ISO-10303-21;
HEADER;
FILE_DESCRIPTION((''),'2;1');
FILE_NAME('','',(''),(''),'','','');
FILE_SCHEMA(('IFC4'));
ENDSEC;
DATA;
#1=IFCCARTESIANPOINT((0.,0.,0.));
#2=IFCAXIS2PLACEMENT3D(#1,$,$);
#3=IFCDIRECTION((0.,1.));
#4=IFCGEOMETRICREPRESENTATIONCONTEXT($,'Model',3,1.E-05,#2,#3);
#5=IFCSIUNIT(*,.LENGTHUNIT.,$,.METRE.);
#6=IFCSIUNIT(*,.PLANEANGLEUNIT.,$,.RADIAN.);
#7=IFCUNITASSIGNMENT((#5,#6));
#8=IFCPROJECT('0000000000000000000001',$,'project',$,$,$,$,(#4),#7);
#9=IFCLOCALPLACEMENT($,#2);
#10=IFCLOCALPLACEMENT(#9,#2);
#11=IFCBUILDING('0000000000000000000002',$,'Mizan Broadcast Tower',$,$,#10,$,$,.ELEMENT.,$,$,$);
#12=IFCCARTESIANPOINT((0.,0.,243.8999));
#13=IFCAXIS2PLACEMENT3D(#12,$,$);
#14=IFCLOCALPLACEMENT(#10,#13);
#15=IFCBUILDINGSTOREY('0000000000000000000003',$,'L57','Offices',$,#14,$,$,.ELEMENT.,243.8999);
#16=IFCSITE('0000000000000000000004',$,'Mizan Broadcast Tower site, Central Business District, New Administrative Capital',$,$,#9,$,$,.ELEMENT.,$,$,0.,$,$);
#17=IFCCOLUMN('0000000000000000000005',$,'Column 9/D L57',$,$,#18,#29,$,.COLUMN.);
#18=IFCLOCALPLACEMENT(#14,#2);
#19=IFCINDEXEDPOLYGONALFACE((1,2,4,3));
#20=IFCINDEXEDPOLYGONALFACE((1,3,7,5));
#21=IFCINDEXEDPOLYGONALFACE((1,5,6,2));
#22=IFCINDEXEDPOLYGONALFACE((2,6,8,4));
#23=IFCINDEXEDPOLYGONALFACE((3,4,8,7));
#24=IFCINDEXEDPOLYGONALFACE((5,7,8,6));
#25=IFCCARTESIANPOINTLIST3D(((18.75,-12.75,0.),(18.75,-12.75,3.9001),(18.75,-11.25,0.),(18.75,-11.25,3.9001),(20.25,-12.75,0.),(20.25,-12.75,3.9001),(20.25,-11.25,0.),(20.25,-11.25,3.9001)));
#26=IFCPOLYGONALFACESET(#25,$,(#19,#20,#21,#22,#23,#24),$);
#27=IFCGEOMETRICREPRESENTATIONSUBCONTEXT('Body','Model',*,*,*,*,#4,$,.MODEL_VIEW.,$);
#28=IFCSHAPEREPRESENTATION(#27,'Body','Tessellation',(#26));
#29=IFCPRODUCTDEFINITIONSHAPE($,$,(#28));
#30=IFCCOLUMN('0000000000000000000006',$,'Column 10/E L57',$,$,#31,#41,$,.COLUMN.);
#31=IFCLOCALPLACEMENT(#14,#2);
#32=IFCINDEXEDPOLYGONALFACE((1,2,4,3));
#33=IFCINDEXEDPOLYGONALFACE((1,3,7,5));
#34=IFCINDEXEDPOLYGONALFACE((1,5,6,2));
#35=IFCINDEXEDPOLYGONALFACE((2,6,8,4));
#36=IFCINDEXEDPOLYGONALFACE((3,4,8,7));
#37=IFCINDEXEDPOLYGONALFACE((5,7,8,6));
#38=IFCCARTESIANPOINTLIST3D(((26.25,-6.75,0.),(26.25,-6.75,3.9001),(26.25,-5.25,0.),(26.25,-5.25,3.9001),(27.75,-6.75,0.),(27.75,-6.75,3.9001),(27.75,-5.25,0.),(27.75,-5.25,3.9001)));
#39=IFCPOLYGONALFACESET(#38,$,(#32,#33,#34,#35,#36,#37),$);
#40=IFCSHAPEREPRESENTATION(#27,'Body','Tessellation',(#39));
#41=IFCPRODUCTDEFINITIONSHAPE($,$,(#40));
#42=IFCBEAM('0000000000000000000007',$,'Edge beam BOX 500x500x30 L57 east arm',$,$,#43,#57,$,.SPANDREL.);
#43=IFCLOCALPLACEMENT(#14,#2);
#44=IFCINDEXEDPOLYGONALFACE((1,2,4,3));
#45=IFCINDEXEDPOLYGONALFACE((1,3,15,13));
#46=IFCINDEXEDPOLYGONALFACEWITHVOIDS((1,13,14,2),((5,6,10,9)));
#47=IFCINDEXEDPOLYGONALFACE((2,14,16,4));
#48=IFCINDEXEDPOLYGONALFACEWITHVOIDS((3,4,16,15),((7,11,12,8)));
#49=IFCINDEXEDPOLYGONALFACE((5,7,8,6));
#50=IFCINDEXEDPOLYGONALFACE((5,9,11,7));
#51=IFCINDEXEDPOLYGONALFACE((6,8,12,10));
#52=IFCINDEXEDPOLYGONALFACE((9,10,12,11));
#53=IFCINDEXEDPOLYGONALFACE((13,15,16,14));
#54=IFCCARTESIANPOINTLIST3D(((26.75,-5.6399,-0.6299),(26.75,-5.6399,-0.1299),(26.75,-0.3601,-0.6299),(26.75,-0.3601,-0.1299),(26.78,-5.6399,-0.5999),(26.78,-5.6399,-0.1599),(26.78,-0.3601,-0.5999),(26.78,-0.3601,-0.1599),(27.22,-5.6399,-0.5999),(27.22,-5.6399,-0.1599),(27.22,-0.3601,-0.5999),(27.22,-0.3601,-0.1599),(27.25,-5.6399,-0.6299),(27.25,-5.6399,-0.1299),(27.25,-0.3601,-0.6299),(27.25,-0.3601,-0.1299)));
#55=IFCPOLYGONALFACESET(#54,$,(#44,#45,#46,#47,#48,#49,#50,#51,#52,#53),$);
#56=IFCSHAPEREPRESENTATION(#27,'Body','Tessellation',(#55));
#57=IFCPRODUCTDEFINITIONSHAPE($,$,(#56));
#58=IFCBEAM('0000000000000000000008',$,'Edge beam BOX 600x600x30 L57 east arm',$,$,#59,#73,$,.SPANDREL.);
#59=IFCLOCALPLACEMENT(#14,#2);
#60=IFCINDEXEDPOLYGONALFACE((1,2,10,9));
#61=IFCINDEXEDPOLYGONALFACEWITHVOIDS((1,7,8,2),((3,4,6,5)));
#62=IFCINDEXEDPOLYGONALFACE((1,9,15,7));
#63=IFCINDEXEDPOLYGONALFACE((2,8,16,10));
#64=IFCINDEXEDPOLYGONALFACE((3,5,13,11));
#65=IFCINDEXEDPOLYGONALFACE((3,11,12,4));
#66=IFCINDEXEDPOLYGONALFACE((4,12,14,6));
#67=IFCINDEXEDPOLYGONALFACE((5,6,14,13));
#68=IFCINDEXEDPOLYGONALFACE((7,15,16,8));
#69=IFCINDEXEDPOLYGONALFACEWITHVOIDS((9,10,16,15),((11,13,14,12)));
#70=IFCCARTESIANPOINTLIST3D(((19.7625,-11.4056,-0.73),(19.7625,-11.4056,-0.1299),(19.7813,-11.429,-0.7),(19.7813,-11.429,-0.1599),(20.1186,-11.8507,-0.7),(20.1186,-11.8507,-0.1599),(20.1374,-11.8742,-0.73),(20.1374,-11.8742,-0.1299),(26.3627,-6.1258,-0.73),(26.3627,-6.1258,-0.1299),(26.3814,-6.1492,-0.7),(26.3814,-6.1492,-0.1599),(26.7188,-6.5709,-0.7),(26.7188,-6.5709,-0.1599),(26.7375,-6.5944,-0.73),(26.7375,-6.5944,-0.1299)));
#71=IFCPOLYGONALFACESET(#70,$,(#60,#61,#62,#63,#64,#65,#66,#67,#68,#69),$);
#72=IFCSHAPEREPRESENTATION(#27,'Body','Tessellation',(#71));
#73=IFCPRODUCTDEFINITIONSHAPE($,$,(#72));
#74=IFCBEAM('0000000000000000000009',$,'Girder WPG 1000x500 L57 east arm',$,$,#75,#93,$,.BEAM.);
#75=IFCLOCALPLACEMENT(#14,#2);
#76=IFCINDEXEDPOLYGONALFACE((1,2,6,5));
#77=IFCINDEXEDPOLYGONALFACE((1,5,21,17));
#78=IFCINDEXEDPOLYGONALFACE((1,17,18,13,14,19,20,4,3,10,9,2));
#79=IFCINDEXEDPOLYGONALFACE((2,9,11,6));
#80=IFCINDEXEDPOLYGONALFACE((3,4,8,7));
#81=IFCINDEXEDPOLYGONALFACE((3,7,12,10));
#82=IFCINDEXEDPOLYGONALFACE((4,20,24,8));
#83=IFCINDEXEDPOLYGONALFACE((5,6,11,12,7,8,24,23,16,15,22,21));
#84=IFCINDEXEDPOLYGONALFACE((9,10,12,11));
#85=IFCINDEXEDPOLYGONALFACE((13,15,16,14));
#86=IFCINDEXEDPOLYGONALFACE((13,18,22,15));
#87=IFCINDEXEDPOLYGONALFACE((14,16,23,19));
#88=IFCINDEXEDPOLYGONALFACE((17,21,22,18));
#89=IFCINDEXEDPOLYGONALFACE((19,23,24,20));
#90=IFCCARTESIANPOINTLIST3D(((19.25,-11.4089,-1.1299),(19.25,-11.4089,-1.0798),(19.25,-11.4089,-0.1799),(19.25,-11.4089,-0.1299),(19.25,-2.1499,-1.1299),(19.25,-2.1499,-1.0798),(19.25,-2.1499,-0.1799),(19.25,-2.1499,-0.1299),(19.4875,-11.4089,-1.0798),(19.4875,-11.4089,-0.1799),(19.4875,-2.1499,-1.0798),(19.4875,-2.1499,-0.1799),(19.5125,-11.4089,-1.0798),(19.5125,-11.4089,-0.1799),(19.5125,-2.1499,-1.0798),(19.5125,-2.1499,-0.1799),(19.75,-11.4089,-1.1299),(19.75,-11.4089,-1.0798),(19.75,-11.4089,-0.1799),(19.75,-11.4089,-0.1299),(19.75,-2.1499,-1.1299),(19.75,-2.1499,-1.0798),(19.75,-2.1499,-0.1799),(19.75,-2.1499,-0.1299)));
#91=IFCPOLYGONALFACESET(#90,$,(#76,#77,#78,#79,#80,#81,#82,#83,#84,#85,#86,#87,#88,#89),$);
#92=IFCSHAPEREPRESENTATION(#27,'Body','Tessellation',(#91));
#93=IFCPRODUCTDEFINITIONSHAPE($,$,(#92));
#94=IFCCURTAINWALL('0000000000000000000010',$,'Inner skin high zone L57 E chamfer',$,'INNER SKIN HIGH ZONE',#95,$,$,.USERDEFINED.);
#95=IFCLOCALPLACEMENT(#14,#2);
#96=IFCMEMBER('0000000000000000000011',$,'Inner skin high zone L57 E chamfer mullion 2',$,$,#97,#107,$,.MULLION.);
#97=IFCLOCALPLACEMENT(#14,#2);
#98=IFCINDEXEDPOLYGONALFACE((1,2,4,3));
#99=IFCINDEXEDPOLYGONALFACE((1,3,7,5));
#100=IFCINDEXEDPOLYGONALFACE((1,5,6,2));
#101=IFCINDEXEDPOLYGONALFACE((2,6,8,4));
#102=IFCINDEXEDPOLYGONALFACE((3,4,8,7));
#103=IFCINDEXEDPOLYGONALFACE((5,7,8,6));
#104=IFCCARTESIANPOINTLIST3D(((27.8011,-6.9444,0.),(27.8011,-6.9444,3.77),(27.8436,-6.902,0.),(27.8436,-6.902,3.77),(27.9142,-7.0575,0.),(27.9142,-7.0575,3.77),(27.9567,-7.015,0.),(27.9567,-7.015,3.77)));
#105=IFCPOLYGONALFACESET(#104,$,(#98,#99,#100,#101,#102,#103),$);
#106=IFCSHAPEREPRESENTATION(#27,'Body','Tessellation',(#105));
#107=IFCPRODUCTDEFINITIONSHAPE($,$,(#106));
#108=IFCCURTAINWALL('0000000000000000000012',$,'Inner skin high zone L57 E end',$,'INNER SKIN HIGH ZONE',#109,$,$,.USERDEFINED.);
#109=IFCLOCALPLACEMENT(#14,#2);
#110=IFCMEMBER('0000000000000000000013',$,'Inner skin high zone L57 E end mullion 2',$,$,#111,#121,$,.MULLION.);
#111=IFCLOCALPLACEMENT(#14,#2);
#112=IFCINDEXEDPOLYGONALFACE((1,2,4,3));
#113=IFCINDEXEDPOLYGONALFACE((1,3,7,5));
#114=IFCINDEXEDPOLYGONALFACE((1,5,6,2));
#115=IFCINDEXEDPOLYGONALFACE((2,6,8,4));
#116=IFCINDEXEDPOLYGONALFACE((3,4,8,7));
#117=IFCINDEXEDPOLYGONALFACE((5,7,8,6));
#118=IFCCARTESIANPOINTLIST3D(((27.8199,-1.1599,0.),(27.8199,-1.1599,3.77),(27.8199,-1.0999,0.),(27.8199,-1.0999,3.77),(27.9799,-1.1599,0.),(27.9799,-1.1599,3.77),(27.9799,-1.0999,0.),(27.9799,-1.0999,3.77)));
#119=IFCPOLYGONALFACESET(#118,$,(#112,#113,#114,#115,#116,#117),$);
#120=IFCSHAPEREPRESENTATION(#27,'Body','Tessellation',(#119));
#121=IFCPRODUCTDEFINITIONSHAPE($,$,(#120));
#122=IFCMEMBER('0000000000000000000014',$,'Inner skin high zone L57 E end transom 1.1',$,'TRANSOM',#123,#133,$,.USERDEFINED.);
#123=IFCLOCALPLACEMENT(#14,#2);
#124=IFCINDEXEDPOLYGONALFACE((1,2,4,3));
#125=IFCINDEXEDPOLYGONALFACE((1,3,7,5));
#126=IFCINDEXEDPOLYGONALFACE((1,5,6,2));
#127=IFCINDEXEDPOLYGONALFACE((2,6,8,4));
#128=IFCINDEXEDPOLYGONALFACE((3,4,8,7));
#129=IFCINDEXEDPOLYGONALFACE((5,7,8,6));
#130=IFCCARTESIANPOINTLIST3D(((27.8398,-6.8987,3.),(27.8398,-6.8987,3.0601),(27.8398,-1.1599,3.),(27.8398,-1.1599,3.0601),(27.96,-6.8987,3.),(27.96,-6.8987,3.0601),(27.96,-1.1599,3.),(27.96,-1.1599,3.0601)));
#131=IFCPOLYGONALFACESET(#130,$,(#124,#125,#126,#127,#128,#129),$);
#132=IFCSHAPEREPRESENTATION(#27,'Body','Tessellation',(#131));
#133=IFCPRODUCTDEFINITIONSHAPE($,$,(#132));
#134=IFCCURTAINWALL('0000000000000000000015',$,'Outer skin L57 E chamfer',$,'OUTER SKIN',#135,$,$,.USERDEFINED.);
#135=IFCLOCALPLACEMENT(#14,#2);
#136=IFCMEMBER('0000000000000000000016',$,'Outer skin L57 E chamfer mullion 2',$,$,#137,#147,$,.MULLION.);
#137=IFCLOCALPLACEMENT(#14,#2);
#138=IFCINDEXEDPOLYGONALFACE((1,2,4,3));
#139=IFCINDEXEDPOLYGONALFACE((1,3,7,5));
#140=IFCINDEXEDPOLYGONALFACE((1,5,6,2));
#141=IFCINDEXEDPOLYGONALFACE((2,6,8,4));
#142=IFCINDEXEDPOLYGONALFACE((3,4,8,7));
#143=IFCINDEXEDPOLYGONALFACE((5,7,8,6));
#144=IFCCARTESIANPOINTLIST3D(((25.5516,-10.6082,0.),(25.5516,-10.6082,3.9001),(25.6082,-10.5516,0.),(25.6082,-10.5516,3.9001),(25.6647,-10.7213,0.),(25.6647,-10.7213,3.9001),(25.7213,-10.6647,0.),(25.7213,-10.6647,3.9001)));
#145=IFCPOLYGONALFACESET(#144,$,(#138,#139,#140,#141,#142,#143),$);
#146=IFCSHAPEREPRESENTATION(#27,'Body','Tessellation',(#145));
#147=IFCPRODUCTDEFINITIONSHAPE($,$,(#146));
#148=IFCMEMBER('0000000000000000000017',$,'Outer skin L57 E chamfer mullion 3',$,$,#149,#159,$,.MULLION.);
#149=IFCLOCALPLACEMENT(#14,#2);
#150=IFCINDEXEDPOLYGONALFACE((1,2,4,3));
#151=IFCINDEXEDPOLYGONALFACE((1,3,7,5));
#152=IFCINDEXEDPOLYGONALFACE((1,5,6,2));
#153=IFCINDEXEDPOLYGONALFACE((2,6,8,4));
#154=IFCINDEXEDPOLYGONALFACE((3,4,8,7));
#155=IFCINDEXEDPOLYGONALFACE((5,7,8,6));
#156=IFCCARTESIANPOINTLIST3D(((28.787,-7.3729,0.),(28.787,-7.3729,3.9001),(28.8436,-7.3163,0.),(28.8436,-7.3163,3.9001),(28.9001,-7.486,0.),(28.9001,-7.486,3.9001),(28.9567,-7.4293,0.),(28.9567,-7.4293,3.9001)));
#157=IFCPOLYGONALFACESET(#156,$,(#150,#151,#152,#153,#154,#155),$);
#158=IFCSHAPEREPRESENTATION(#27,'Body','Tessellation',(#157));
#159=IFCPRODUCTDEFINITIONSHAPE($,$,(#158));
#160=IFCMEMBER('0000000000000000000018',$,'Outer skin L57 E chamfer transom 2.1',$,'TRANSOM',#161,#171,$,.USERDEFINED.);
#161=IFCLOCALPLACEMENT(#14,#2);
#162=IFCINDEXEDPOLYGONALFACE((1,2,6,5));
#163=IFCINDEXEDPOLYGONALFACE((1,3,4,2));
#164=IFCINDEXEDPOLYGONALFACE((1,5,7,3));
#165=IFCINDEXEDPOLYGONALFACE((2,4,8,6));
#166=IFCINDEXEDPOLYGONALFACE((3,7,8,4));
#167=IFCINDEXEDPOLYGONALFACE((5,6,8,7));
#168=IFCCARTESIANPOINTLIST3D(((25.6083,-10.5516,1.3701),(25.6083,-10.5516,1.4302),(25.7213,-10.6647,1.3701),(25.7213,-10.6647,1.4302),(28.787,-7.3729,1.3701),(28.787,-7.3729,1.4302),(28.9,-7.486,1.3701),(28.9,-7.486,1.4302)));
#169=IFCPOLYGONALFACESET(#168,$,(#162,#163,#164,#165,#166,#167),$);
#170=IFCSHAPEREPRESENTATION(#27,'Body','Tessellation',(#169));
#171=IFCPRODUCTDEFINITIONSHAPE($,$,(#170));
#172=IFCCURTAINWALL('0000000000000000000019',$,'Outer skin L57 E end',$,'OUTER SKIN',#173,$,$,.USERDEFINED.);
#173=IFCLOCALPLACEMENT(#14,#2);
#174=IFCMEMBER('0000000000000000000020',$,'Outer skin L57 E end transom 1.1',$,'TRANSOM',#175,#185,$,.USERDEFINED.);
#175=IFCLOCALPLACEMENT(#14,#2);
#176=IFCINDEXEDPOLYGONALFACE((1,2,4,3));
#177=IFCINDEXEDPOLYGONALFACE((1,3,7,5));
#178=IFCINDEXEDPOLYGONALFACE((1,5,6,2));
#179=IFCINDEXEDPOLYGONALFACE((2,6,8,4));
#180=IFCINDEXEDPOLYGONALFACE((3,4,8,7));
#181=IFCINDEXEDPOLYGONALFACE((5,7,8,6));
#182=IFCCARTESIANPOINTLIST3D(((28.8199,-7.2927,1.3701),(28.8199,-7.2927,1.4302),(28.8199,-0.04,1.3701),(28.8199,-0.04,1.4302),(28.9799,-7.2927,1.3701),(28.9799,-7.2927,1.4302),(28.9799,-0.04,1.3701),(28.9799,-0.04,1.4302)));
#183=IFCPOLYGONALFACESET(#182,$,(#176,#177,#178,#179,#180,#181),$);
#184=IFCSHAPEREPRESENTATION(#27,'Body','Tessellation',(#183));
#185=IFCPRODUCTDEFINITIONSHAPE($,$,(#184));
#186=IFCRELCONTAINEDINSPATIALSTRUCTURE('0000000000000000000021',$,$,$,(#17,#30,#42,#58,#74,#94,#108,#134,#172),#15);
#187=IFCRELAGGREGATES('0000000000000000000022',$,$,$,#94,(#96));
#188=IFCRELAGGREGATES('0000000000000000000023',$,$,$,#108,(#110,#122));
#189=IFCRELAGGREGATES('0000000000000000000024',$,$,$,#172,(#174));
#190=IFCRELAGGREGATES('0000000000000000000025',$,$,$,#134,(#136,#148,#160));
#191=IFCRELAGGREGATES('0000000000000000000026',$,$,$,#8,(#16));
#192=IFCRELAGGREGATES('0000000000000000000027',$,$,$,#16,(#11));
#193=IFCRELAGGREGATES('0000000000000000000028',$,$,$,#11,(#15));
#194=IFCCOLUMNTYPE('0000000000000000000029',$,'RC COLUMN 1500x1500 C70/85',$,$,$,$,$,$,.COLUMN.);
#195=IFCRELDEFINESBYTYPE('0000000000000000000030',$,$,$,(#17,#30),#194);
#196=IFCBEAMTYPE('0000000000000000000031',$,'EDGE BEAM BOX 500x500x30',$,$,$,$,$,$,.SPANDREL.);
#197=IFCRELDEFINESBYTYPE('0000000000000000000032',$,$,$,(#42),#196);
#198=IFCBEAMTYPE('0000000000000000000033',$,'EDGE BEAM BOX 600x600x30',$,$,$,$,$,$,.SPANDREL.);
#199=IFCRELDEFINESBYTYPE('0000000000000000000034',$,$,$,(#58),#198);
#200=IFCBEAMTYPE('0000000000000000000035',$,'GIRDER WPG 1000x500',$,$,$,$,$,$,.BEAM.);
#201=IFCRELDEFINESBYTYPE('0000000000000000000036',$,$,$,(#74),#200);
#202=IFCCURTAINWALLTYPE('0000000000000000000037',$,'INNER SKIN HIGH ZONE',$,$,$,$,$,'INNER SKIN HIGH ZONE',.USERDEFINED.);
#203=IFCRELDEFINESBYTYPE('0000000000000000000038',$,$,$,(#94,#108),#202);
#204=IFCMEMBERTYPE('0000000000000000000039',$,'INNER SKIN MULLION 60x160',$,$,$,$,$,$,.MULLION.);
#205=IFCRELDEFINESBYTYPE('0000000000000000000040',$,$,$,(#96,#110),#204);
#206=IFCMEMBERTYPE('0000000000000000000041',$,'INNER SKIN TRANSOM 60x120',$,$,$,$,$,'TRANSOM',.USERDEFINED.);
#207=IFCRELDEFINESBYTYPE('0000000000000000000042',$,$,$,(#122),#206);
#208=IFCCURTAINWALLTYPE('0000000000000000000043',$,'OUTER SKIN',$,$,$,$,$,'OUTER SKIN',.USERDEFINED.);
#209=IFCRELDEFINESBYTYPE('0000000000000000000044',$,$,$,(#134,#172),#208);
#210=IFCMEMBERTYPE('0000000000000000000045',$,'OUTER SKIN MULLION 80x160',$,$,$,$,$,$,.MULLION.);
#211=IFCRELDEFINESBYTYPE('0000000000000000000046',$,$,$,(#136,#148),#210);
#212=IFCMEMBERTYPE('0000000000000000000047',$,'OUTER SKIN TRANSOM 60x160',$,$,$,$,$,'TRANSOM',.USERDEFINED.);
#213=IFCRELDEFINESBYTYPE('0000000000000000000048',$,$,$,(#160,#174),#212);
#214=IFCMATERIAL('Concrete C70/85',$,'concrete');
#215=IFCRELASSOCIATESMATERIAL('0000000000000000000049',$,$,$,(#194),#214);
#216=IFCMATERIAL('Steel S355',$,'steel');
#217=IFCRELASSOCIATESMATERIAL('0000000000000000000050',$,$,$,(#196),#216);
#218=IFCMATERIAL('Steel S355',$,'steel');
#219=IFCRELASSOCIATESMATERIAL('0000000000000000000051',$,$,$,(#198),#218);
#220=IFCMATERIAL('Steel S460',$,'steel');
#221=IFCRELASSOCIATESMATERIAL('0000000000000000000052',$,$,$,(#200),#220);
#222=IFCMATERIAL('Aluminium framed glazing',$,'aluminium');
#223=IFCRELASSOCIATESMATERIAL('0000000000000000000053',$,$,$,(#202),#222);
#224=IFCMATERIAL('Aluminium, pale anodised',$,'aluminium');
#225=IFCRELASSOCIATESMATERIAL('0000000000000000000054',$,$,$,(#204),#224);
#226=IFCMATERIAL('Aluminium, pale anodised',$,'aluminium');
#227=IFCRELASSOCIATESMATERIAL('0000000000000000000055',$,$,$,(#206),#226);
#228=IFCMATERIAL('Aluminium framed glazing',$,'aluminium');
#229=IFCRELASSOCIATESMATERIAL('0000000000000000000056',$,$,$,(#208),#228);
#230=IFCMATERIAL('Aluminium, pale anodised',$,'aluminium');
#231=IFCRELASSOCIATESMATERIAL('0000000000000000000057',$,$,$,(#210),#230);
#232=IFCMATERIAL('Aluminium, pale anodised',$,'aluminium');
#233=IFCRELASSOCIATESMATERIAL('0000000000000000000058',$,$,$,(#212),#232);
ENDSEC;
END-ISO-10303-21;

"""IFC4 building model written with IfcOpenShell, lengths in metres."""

from ifc_helpers import new_model, si_unit, direction, frame, origin, origin_2d, place, context, subcontext, project, spatial, rectangle, hollow_rectangle, i_section, extrude, material, material_profile, profile_set, type_object, element, aggregate, save


model = new_model("IFC4")

# Units and contexts
model_context = context("Model", 3, precision=1e-05, world=origin(), true_north=direction((0.0, 1.0)))
body_context = subcontext(model_context, "Body", "Model", "MODEL_VIEW")
ifc_project = project(units=[si_unit("LENGTHUNIT", "METRE"), si_unit("PLANEANGLEUNIT", "RADIAN")], contexts=[model_context])

# Site, building, storey
site_placement = place(None, origin())
site = spatial("IfcSite", under=ifc_project, at=site_placement, Name="Mizan Broadcast Tower site, Central Business District, New Administrative Capital", CompositionType="ELEMENT", RefElevation=0.0)
building_placement = place(site_placement, origin())
building = spatial("IfcBuilding", under=site, at=building_placement, Name="Mizan Broadcast Tower", CompositionType="ELEMENT")
storey_placement = place(building_placement, frame((0.0, 0.0, 243.8999)))
storey = spatial("IfcBuildingStorey", under=building, at=storey_placement, Name="L57", Description="Offices", CompositionType="ELEMENT", Elevation=243.8999)

# Columns
ifc_material_1 = material(Name="Concrete C70/85", Category="concrete")
ifc_material_profile_1 = material_profile(ifc_material_1, rectangle(XDim=1.5, YDim=1.5, at=origin_2d()), Name="RC 1500x1500")
ifc_profile_set_1 = profile_set([ifc_material_profile_1], Name="Concrete C70/85")
column_type = type_object("IfcColumnType", Name="RC COLUMN 1500x1500 C70/85", PredefinedType="COLUMN", material=ifc_profile_set_1)
for number, where, z_axis, x_axis, name in (
    (1, (19.5, -12.0, 0.0), (0.0, 0.0, 1.0), (1.0, 0.0, 0.0), "Column 9/D L57"),
    (2, (27.0, -6.0, 0.0), (0.0, 0.0, 1.0), (1.0, 0.0, 0.0), "Column 10/E L57"),
):
    element("IfcColumn", number, at=place(storey_placement, frame(where, z_axis=z_axis, x_axis=x_axis)), inside=storey, type_object=column_type, Name=name, PredefinedType="COLUMN", context=body_context, shape_type="SweptSolid", body=[
        extrude(rectangle(XDim=1.5, YDim=1.5, at=origin_2d()), origin(), (0.0, 0.0, 1.0), 3.9001),
    ])

# Beams
ifc_material_2 = material(Name="Steel S355", Category="steel")
ifc_material_profile_2 = material_profile(ifc_material_2, hollow_rectangle(XDim=0.5, YDim=0.5, WallThickness=0.03, at=origin_2d()), Name="BOX 500x500x30")
ifc_profile_set_2 = profile_set([ifc_material_profile_2], Name="Steel S355")
beam_type_1 = type_object("IfcBeamType", Name="EDGE BEAM BOX 500x500x30", PredefinedType="SPANDREL", material=ifc_profile_set_2)
beam_1_placement = place(storey_placement, frame((27.0, -5.6399, -0.3799), z_axis=(0.0, 1.0, 0.0), x_axis=(-1.0, 0.0, 0.0)))
element("IfcBeam", 3, at=beam_1_placement, inside=storey, type_object=beam_type_1, Name="Edge beam BOX 500x500x30 L57 east arm", PredefinedType="SPANDREL", context=body_context, shape_type="SweptSolid", body=[
    extrude(hollow_rectangle(XDim=0.5, YDim=0.5, WallThickness=0.03, at=origin_2d()), origin(), (0.0, 0.0, 1.0), 5.2798),
])
ifc_material_3 = material(Name="Steel S355", Category="steel")
ifc_material_profile_3 = material_profile(ifc_material_3, hollow_rectangle(XDim=0.6001, YDim=0.6001, WallThickness=0.03, at=origin_2d()), Name="BOX 600x600x30")
ifc_profile_set_3 = profile_set([ifc_material_profile_3], Name="Steel S355")
beam_type_2 = type_object("IfcBeamType", Name="EDGE BEAM BOX 600x600x30", PredefinedType="SPANDREL", material=ifc_profile_set_3)
beam_2_placement = place(storey_placement, frame((19.95, -11.6399, -0.4299), z_axis=(0.780886, 0.624674, 0.0), x_axis=(-0.624674, 0.780886, 0.0)))
element("IfcBeam", 4, at=beam_2_placement, inside=storey, type_object=beam_type_2, Name="Edge beam BOX 600x600x30 L57 east arm", PredefinedType="SPANDREL", context=body_context, shape_type="SweptSolid", body=[
    extrude(hollow_rectangle(XDim=0.6001, YDim=0.6001, WallThickness=0.03, at=origin_2d()), origin(), (0.0, 0.0, 1.0), 8.4521),
])
ifc_material_4 = material(Name="Steel S460", Category="steel")
ifc_material_profile_4 = material_profile(ifc_material_4, i_section(OverallWidth=0.5, OverallDepth=1.0, WebThickness=0.0249, FlangeThickness=0.05, at=origin_2d()), Name="WPG 1000x500")
ifc_profile_set_4 = profile_set([ifc_material_profile_4], Name="Steel S460")
beam_type_3 = type_object("IfcBeamType", Name="GIRDER WPG 1000x500", PredefinedType="BEAM", material=ifc_profile_set_4)
beam_3_placement = place(storey_placement, frame((19.5, -11.4089, -0.6299), z_axis=(0.0, 1.0, 0.0), x_axis=(-1.0, 0.0, 0.0)))
element("IfcBeam", 5, at=beam_3_placement, inside=storey, type_object=beam_type_3, Name="Girder WPG 1000x500 L57 east arm", PredefinedType="BEAM", context=body_context, shape_type="SweptSolid", body=[
    extrude(i_section(OverallWidth=0.5, OverallDepth=1.0, WebThickness=0.0249, FlangeThickness=0.05, at=origin_2d()), origin(), (0.0, 0.0, 1.0), 9.259),
])

# Curtain wall, member
ifc_material_5 = material(Name="Aluminium framed glazing", Category="aluminium")
curtain_wall_type_1 = type_object("IfcCurtainWallType", Name="INNER SKIN HIGH ZONE", ElementType="INNER SKIN HIGH ZONE", PredefinedType="USERDEFINED", material=ifc_material_5)
curtain_wall_1_placement = place(storey_placement, origin())
curtain_wall_1 = element("IfcCurtainWall", 6, at=curtain_wall_1_placement, inside=storey, type_object=curtain_wall_type_1, Name="Inner skin high zone L57 E chamfer", ObjectType="INNER SKIN HIGH ZONE", PredefinedType="USERDEFINED")
ifc_material_6 = material(Name="Aluminium, pale anodised", Category="aluminium")
ifc_material_profile_5 = material_profile(ifc_material_6, rectangle(XDim=0.1599, YDim=0.0601, at=origin_2d()), Name="MULLION 160x60")
ifc_profile_set_5 = profile_set([ifc_material_profile_5], Name="Aluminium, pale anodised")
member_type_1 = type_object("IfcMemberType", Name="INNER SKIN MULLION 60x160", PredefinedType="MULLION", material=ifc_profile_set_5)
member_1_placement = place(storey_placement, frame((27.8789, -6.9797, 0.0), z_axis=(0.0, 0.0, 1.0), x_axis=(-0.707107, 0.707107, 0.0)))
member_1 = element("IfcMember", 7, at=member_1_placement, type_object=member_type_1, Name="Inner skin high zone L57 E chamfer mullion 2", PredefinedType="MULLION", context=body_context, shape_type="SweptSolid", body=[
    extrude(rectangle(XDim=0.1599, YDim=0.0601, at=origin_2d()), origin(), (0.0, 0.0, 1.0), 3.77),
])

# Curtain walls, members
curtain_wall_2_placement = place(storey_placement, origin())
curtain_wall_2 = element("IfcCurtainWall", 8, at=curtain_wall_2_placement, inside=storey, type_object=curtain_wall_type_1, Name="Inner skin high zone L57 E end", ObjectType="INNER SKIN HIGH ZONE", PredefinedType="USERDEFINED")
member_2_placement = place(storey_placement, frame((27.8999, -1.1299, 0.0), z_axis=(0.0, 0.0, 1.0), x_axis=(-1.0, 0.0, 0.0)))
member_2 = element("IfcMember", 9, at=member_2_placement, type_object=member_type_1, Name="Inner skin high zone L57 E end mullion 2", PredefinedType="MULLION", context=body_context, shape_type="SweptSolid", body=[
    extrude(rectangle(XDim=0.1599, YDim=0.0601, at=origin_2d()), origin(), (0.0, 0.0, 1.0), 3.77),
])
ifc_material_7 = material(Name="Aluminium, pale anodised", Category="aluminium")
ifc_material_profile_6 = material_profile(ifc_material_7, rectangle(XDim=0.1201, YDim=0.0601, at=origin_2d()), Name="TRANSOM 120x60")
ifc_profile_set_6 = profile_set([ifc_material_profile_6], Name="Aluminium, pale anodised")
member_type_2 = type_object("IfcMemberType", Name="INNER SKIN TRANSOM 60x120", ElementType="TRANSOM", PredefinedType="USERDEFINED", material=ifc_profile_set_6)
member_3_placement = place(storey_placement, frame((27.8999, -6.8987, 3.03), z_axis=(0.0, 1.0, 0.0), x_axis=(-1.0, 0.0, 0.0)))
member_3 = element("IfcMember", 10, at=member_3_placement, type_object=member_type_2, Name="Inner skin high zone L57 E end transom 1.1", ObjectType="TRANSOM", PredefinedType="USERDEFINED", context=body_context, shape_type="SweptSolid", body=[
    extrude(rectangle(XDim=0.1201, YDim=0.0601, at=origin_2d()), origin(), (0.0, 0.0, 1.0), 5.7388),
])
ifc_material_8 = material(Name="Aluminium framed glazing", Category="aluminium")
curtain_wall_type_2 = type_object("IfcCurtainWallType", Name="OUTER SKIN", ElementType="OUTER SKIN", PredefinedType="USERDEFINED", material=ifc_material_8)
curtain_wall_3_placement = place(storey_placement, origin())
curtain_wall_3 = element("IfcCurtainWall", 11, at=curtain_wall_3_placement, inside=storey, type_object=curtain_wall_type_2, Name="Outer skin L57 E chamfer", ObjectType="OUTER SKIN", PredefinedType="USERDEFINED")
ifc_material_9 = material(Name="Aluminium, pale anodised", Category="aluminium")
ifc_material_profile_7 = material_profile(ifc_material_9, rectangle(XDim=0.1599, YDim=0.0801, at=origin_2d()), Name="MULLION 160x80")
ifc_profile_set_7 = profile_set([ifc_material_profile_7], Name="Aluminium, pale anodised")
member_type_3 = type_object("IfcMemberType", Name="OUTER SKIN MULLION 80x160", PredefinedType="MULLION", material=ifc_profile_set_7)
member_4_placement = place(storey_placement, frame((25.6365, -10.6365, 0.0), z_axis=(0.0, 0.0, 1.0), x_axis=(-0.707107, 0.707107, 0.0)))
member_4 = element("IfcMember", 12, at=member_4_placement, type_object=member_type_3, Name="Outer skin L57 E chamfer mullion 2", PredefinedType="MULLION", context=body_context, shape_type="SweptSolid", body=[
    extrude(rectangle(XDim=0.1599, YDim=0.0801, at=origin_2d()), origin(), (0.0, 0.0, 1.0), 3.9001),
])
member_5_placement = place(storey_placement, frame((28.8718, -7.4011, 0.0), z_axis=(0.0, 0.0, 1.0), x_axis=(-0.707107, 0.707107, 0.0)))
member_5 = element("IfcMember", 13, at=member_5_placement, type_object=member_type_3, Name="Outer skin L57 E chamfer mullion 3", PredefinedType="MULLION", context=body_context, shape_type="SweptSolid", body=[
    extrude(rectangle(XDim=0.1599, YDim=0.0801, at=origin_2d()), origin(), (0.0, 0.0, 1.0), 3.9001),
])
ifc_material_10 = material(Name="Aluminium, pale anodised", Category="aluminium")
ifc_material_profile_8 = material_profile(ifc_material_10, rectangle(XDim=0.1599, YDim=0.0601, at=origin_2d()), Name="TRANSOM 160x60")
ifc_profile_set_8 = profile_set([ifc_material_profile_8], Name="Aluminium, pale anodised")
member_type_4 = type_object("IfcMemberType", Name="OUTER SKIN TRANSOM 60x160", ElementType="TRANSOM", PredefinedType="USERDEFINED", material=ifc_profile_set_8)
member_6_placement = place(storey_placement, frame((25.6648, -10.6082, 1.4001), z_axis=(0.707107, 0.707107, 0.0), x_axis=(-0.707107, 0.707107, 0.0)))
member_6 = element("IfcMember", 14, at=member_6_placement, type_object=member_type_4, Name="Outer skin L57 E chamfer transom 2.1", ObjectType="TRANSOM", PredefinedType="USERDEFINED", context=body_context, shape_type="SweptSolid", body=[
    extrude(rectangle(XDim=0.1599, YDim=0.0601, at=origin_2d()), origin(), (0.0, 0.0, 1.0), 4.4954),
])

# Curtain wall, member
curtain_wall_4_placement = place(storey_placement, origin())
curtain_wall_4 = element("IfcCurtainWall", 15, at=curtain_wall_4_placement, inside=storey, type_object=curtain_wall_type_2, Name="Outer skin L57 E end", ObjectType="OUTER SKIN", PredefinedType="USERDEFINED")
member_7_placement = place(storey_placement, frame((28.8999, -7.2927, 1.4001), z_axis=(0.0, 1.0, 0.0), x_axis=(-1.0, 0.0, 0.0)))
member_7 = element("IfcMember", 16, at=member_7_placement, type_object=member_type_4, Name="Outer skin L57 E end transom 1.1", ObjectType="TRANSOM", PredefinedType="USERDEFINED", context=body_context, shape_type="SweptSolid", body=[
    extrude(rectangle(XDim=0.1599, YDim=0.0601, at=origin_2d()), origin(), (0.0, 0.0, 1.0), 7.2527),
])

aggregate(curtain_wall_1, [member_1])
aggregate(curtain_wall_2, [member_2, member_3])
aggregate(curtain_wall_4, [member_7])
aggregate(curtain_wall_3, [member_4, member_5, member_6])

save(model, "model.ifc")
